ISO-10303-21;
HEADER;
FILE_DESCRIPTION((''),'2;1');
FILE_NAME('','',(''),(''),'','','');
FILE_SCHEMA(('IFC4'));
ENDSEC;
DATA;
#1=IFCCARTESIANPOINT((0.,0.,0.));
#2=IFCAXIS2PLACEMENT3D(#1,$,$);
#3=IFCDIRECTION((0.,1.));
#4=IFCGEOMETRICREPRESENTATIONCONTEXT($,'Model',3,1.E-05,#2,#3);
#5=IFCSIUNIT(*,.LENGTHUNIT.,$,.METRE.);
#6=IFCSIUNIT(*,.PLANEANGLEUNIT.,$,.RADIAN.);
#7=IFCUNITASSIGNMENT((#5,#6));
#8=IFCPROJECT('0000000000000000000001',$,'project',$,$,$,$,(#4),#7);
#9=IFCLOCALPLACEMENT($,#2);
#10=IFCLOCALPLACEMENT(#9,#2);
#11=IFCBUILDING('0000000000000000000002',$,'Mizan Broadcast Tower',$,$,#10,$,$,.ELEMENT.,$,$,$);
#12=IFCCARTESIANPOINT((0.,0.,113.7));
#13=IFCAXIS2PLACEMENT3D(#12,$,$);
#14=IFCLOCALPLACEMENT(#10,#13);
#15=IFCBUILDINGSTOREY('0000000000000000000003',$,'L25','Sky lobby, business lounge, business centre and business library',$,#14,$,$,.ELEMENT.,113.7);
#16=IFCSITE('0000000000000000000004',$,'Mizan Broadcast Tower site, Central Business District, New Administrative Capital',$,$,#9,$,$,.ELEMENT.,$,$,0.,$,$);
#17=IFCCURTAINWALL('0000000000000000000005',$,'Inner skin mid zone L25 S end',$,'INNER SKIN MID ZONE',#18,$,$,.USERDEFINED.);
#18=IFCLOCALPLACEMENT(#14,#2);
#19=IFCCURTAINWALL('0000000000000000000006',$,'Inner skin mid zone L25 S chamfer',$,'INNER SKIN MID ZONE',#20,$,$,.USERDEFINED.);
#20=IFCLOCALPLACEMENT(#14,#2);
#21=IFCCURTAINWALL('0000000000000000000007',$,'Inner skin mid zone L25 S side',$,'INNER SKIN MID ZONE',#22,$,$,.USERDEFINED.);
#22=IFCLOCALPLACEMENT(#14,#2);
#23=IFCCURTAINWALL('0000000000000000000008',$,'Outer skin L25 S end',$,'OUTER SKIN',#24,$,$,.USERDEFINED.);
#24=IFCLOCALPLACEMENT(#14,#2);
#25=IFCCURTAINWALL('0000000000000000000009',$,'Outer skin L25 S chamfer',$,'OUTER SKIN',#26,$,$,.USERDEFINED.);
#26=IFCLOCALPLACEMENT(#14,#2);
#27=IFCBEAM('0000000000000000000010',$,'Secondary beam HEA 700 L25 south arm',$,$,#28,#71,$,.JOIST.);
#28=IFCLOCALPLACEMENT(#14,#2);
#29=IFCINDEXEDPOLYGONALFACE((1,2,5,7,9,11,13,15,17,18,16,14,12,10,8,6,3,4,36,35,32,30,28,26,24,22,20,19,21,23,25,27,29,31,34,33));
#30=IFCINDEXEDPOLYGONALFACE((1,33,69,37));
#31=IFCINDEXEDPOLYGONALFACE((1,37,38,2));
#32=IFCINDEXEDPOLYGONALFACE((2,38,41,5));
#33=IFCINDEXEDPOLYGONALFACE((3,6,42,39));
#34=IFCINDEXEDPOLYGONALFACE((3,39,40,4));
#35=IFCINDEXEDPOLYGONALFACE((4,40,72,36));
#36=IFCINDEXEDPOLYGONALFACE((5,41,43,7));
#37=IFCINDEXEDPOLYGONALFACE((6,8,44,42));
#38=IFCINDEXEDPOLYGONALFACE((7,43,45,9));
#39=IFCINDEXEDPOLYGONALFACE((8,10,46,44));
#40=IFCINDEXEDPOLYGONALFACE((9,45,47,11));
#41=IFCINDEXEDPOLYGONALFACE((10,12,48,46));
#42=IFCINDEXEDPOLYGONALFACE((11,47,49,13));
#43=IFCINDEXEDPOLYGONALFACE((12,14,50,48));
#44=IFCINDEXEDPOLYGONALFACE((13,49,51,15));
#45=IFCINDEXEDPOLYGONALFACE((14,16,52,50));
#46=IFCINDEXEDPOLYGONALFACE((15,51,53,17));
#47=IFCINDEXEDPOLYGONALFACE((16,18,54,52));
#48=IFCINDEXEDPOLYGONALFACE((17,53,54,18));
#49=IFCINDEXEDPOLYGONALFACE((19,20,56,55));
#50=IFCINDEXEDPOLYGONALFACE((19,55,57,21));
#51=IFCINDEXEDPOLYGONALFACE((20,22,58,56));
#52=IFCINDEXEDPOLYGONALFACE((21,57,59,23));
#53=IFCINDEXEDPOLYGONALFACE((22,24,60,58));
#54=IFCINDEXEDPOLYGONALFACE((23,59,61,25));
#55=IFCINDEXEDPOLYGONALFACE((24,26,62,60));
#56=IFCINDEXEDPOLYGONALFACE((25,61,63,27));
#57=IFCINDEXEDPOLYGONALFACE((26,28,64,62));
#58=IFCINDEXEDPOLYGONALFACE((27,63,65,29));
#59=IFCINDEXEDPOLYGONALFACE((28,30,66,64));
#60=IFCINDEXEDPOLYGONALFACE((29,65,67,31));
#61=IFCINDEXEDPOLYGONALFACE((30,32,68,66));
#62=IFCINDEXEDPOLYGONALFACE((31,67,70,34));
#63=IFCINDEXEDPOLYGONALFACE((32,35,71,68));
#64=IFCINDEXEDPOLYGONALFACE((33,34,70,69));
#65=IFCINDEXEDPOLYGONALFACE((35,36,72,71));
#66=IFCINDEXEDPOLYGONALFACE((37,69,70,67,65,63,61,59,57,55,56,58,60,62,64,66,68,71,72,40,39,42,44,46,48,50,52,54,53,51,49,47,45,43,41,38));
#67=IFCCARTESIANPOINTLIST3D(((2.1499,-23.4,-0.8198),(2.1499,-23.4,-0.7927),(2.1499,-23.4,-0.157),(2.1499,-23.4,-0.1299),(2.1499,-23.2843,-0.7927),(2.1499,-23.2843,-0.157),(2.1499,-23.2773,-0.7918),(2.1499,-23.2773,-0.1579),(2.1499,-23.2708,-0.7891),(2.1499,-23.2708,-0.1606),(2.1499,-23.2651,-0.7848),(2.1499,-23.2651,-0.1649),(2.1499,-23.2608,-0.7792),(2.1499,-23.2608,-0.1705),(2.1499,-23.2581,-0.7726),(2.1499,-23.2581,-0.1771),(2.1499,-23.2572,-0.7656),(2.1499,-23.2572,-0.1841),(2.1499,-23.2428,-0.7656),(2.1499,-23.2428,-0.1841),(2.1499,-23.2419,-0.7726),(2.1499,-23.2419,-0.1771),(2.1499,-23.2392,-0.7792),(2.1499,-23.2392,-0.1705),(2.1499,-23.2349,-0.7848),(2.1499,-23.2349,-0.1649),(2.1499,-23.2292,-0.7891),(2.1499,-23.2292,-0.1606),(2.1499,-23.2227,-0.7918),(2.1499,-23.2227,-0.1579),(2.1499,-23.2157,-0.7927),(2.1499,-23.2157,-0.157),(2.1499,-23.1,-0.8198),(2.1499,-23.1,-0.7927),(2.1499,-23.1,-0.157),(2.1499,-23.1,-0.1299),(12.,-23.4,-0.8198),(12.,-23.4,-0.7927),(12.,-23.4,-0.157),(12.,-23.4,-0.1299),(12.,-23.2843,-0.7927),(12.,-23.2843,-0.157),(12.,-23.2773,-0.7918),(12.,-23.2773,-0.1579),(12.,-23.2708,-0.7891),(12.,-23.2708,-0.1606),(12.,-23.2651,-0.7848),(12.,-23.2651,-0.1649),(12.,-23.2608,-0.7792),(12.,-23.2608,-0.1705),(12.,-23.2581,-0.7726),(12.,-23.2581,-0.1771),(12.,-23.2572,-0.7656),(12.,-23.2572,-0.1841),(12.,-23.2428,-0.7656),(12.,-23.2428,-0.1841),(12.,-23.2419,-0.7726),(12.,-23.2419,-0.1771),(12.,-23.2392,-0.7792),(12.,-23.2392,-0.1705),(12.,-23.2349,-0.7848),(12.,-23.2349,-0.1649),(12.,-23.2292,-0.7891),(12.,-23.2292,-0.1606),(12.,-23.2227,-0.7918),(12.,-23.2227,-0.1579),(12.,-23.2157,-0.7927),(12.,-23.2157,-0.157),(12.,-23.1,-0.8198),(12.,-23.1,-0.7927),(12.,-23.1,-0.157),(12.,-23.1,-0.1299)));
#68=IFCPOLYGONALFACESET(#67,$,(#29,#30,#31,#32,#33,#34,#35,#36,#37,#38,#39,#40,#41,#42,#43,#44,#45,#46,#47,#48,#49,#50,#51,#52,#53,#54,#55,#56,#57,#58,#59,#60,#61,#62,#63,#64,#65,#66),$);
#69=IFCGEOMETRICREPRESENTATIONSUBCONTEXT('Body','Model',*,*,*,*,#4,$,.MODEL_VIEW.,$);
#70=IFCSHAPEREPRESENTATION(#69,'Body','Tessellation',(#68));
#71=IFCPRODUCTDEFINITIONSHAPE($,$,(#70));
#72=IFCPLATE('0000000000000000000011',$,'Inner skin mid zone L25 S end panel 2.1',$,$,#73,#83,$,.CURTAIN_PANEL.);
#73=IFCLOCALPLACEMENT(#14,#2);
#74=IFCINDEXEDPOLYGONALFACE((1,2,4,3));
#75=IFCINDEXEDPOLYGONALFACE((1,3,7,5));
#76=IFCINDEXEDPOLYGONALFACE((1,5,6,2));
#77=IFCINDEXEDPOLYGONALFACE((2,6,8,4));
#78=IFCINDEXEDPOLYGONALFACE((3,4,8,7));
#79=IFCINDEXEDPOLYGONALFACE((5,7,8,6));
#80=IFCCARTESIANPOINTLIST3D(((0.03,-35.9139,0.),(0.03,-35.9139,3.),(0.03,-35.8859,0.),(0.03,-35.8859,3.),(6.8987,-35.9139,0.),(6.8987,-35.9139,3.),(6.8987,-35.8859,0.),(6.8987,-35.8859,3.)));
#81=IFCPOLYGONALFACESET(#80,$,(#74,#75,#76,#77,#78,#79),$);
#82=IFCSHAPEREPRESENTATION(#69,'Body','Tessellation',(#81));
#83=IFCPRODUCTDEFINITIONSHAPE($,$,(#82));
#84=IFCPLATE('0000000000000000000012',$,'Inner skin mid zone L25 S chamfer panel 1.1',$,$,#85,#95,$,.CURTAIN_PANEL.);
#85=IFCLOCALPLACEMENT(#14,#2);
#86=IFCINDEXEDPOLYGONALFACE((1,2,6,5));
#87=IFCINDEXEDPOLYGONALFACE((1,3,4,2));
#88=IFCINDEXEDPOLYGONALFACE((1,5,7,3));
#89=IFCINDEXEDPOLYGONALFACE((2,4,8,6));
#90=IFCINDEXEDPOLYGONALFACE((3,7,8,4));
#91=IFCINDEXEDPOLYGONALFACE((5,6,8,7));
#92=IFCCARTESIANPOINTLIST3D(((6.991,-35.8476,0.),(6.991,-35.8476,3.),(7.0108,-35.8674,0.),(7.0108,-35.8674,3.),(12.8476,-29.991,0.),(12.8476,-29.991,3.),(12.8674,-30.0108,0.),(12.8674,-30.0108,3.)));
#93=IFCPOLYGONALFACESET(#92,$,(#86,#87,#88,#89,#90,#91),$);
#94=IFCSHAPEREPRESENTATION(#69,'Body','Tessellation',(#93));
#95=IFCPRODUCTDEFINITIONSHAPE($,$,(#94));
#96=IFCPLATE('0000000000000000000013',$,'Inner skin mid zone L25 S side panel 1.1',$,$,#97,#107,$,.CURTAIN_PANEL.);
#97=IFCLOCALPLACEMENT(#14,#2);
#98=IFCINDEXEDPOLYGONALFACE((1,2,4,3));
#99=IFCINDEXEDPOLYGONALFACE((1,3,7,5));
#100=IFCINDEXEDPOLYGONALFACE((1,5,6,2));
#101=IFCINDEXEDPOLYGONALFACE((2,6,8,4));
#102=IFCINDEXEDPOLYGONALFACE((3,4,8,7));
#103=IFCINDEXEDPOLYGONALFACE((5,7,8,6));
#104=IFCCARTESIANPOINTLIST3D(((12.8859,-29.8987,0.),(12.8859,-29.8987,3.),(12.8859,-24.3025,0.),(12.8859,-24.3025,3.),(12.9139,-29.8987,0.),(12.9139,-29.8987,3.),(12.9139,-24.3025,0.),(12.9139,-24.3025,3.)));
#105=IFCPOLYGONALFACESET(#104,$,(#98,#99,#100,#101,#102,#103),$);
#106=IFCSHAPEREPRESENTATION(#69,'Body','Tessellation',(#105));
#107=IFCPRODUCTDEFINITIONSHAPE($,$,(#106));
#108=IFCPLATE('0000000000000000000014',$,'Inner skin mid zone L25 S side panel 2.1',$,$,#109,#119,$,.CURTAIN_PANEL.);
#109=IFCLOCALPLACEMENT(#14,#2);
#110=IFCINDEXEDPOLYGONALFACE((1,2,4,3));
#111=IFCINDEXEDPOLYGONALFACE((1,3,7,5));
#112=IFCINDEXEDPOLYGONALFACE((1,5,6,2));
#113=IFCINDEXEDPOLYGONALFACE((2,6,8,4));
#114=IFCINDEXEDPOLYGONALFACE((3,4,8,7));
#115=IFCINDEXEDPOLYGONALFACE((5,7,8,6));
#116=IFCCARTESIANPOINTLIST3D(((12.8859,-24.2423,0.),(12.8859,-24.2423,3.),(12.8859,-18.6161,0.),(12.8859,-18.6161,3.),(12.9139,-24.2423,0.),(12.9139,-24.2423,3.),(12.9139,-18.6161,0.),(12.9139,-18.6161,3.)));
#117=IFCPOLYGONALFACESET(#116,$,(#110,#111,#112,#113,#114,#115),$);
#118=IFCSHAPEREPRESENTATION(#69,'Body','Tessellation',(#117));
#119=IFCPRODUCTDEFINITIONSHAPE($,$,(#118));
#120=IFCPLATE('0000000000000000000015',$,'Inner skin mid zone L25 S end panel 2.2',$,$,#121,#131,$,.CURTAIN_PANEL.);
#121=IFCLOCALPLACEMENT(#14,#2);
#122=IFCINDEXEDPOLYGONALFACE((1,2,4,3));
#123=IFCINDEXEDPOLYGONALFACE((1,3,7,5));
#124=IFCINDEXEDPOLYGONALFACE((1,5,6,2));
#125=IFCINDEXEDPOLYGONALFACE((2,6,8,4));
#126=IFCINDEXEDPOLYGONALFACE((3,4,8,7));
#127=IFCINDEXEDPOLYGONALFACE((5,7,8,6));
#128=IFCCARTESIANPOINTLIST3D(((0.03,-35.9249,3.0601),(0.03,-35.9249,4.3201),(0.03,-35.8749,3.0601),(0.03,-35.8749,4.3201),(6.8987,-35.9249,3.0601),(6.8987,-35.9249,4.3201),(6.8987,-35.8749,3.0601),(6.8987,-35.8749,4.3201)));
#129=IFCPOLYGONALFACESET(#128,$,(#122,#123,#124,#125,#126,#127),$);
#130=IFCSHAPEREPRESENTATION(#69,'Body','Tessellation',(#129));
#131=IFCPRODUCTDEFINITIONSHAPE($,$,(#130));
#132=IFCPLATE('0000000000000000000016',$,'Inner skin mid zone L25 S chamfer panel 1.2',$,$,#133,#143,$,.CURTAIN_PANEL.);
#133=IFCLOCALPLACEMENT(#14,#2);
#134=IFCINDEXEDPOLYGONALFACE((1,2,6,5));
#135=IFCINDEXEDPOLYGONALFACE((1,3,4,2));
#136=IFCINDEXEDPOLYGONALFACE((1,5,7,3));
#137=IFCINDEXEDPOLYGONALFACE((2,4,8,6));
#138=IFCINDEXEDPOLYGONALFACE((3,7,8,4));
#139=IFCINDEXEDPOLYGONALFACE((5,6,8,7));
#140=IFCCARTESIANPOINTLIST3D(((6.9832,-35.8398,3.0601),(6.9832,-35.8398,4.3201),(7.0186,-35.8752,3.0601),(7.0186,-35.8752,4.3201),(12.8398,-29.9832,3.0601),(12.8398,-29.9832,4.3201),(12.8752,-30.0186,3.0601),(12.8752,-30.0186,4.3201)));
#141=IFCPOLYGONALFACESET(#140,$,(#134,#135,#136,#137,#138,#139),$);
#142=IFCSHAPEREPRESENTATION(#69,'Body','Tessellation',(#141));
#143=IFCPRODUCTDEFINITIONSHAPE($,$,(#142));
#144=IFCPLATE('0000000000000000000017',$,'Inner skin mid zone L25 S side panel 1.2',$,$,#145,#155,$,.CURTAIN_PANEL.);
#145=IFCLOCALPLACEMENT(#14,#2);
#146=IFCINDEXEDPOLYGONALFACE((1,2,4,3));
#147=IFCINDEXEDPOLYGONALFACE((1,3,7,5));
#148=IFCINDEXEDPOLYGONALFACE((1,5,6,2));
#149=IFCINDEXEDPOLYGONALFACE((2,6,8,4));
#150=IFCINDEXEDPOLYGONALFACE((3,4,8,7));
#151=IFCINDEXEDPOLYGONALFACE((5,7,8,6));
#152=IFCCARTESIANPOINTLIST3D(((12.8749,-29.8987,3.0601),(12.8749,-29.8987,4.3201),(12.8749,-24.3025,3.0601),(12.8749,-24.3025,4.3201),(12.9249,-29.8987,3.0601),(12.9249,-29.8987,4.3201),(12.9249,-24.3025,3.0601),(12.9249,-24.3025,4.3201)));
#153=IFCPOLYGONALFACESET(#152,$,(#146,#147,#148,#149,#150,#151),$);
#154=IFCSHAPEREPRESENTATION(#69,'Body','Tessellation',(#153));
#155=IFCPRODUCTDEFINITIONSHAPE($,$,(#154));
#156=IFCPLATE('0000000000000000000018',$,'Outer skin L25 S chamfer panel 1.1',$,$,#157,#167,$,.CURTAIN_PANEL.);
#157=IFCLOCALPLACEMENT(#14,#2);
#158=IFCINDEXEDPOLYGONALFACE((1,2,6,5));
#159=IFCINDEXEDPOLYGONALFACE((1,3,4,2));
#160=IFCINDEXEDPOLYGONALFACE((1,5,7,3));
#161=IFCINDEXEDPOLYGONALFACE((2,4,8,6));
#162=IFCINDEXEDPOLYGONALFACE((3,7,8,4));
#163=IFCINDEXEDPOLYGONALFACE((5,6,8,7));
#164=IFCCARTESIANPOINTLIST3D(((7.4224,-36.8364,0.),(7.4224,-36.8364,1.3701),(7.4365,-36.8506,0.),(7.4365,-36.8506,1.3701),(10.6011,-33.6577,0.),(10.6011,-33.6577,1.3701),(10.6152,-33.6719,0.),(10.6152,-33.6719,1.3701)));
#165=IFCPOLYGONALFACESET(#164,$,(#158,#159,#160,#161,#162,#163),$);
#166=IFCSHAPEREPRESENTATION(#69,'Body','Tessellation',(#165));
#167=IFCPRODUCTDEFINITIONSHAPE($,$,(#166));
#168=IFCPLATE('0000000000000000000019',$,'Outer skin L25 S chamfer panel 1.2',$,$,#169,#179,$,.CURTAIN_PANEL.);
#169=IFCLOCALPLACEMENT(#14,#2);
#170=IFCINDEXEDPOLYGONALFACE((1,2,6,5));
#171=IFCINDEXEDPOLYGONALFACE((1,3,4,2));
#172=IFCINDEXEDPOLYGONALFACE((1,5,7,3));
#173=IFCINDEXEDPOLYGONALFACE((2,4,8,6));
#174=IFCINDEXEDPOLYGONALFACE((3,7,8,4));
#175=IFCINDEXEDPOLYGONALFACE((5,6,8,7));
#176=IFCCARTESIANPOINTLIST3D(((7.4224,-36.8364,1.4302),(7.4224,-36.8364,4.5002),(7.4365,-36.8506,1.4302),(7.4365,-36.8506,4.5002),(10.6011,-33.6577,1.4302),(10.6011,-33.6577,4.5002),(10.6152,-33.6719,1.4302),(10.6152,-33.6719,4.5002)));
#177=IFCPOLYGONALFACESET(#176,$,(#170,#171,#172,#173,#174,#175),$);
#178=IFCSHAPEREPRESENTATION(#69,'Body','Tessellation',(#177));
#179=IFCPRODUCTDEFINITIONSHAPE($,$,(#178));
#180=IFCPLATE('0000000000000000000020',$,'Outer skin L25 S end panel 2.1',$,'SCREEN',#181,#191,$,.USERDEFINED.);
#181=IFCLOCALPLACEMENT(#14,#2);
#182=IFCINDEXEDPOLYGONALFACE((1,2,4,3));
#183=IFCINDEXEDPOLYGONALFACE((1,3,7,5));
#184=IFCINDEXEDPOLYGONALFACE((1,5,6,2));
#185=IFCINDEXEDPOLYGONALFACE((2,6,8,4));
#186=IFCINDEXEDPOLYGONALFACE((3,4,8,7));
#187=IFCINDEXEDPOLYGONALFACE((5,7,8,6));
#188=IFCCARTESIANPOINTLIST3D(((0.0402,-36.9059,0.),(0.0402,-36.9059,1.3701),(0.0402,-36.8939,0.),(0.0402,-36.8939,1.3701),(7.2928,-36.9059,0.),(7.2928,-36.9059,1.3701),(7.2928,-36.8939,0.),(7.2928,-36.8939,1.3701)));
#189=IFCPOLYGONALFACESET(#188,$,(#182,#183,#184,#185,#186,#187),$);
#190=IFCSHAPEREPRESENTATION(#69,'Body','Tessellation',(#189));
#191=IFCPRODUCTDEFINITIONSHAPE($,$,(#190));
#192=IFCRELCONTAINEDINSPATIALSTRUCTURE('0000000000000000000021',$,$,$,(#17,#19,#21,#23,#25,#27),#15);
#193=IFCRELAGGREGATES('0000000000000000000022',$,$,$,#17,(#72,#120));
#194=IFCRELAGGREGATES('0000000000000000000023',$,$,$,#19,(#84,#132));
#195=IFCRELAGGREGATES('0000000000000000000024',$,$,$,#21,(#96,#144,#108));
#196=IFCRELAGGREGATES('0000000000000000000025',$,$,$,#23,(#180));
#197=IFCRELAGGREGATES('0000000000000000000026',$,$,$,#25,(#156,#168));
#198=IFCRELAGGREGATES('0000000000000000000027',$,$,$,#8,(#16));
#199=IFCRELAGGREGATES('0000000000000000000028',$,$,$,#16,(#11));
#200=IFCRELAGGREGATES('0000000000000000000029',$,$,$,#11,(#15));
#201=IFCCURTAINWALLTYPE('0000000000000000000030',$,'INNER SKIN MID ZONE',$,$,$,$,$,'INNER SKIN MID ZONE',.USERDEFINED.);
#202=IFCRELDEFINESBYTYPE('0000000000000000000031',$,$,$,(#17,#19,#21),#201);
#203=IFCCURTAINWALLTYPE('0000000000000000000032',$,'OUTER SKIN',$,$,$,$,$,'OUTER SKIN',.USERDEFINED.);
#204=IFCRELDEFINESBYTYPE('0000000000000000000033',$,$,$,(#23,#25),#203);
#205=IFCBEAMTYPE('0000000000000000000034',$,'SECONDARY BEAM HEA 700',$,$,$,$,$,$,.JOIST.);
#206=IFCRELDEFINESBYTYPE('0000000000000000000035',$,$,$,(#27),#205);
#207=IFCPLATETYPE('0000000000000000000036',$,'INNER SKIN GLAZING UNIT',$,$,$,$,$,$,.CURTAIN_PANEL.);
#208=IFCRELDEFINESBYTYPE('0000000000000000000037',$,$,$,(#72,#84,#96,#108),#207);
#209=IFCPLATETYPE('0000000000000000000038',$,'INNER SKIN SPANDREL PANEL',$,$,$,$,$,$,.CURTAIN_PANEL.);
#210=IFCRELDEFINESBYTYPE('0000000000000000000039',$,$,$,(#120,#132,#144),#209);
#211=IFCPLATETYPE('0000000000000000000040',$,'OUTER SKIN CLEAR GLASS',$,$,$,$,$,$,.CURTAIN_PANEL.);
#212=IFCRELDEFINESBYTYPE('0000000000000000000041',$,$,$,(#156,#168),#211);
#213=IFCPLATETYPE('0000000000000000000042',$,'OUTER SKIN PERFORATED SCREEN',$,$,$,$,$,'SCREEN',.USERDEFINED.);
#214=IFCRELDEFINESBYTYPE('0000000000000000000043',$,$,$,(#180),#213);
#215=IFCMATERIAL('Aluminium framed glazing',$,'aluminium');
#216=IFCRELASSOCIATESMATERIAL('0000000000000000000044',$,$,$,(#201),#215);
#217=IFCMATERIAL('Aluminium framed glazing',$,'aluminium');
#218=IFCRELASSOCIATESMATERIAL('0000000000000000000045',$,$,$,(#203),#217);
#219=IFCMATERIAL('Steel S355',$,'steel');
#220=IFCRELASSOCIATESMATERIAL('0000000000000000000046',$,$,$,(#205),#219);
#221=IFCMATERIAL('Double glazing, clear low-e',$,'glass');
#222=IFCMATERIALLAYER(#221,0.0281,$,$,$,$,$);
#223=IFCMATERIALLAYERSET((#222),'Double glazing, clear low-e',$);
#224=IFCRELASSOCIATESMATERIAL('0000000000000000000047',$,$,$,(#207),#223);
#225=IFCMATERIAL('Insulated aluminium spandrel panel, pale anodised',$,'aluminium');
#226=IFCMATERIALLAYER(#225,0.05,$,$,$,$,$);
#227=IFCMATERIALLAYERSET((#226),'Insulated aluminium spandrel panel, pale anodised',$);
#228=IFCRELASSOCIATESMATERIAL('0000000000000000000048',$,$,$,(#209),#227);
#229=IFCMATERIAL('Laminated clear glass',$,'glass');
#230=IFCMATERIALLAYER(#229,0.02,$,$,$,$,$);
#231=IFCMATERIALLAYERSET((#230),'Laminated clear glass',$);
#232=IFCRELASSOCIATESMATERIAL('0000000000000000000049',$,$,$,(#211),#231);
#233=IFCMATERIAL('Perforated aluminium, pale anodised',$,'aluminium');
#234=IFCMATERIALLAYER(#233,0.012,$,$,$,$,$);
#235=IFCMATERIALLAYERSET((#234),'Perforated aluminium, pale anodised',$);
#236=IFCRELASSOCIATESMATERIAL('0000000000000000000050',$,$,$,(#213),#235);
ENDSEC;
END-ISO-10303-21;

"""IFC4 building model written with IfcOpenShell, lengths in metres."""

from ifc_helpers import new_model, si_unit, direction, frame, origin, origin_2d, place, context, subcontext, project, spatial, rectangle, i_section, extrude, material, layer, layer_set, material_profile, profile_set, type_object, element, aggregate, save


model = new_model("IFC4")

# Units and contexts
model_context = context("Model", 3, precision=1e-05, world=origin(), true_north=direction((0.0, 1.0)))
body_context = subcontext(model_context, "Body", "Model", "MODEL_VIEW")
ifc_project = project(units=[si_unit("LENGTHUNIT", "METRE"), si_unit("PLANEANGLEUNIT", "RADIAN")], contexts=[model_context])

# Site, building, storey
site_placement = place(None, origin())
site = spatial("IfcSite", under=ifc_project, at=site_placement, Name="Mizan Broadcast Tower site, Central Business District, New Administrative Capital", CompositionType="ELEMENT", RefElevation=0.0)
building_placement = place(site_placement, origin())
building = spatial("IfcBuilding", under=site, at=building_placement, Name="Mizan Broadcast Tower", CompositionType="ELEMENT")
storey_placement = place(building_placement, frame((0.0, 0.0, 113.7)))
storey = spatial("IfcBuildingStorey", under=building, at=storey_placement, Name="L25", Description="Sky lobby, business lounge, business centre and business library", CompositionType="ELEMENT", Elevation=113.7)

# Curtain wall
ifc_material_1 = material(Name="Aluminium framed glazing", Category="aluminium")
curtain_wall_type_1 = type_object("IfcCurtainWallType", Name="INNER SKIN MID ZONE", ElementType="INNER SKIN MID ZONE", PredefinedType="USERDEFINED", material=ifc_material_1)
curtain_wall_1_placement = place(storey_placement, origin())
curtain_wall_1 = element("IfcCurtainWall", 1, at=curtain_wall_1_placement, inside=storey, type_object=curtain_wall_type_1, Name="Inner skin mid zone L25 S end", ObjectType="INNER SKIN MID ZONE", PredefinedType="USERDEFINED")

# Curtain walls
curtain_wall_2_placement = place(storey_placement, origin())
curtain_wall_2 = element("IfcCurtainWall", 2, at=curtain_wall_2_placement, inside=storey, type_object=curtain_wall_type_1, Name="Inner skin mid zone L25 S chamfer", ObjectType="INNER SKIN MID ZONE", PredefinedType="USERDEFINED")
curtain_wall_3_placement = place(storey_placement, origin())
curtain_wall_3 = element("IfcCurtainWall", 3, at=curtain_wall_3_placement, inside=storey, type_object=curtain_wall_type_1, Name="Inner skin mid zone L25 S side", ObjectType="INNER SKIN MID ZONE", PredefinedType="USERDEFINED")

# Curtain wall
ifc_material_2 = material(Name="Aluminium framed glazing", Category="aluminium")
curtain_wall_type_2 = type_object("IfcCurtainWallType", Name="OUTER SKIN", ElementType="OUTER SKIN", PredefinedType="USERDEFINED", material=ifc_material_2)
curtain_wall_4_placement = place(storey_placement, origin())
curtain_wall_4 = element("IfcCurtainWall", 4, at=curtain_wall_4_placement, inside=storey, type_object=curtain_wall_type_2, Name="Outer skin L25 S end", ObjectType="OUTER SKIN", PredefinedType="USERDEFINED")

# Curtain wall
curtain_wall_5_placement = place(storey_placement, origin())
curtain_wall_5 = element("IfcCurtainWall", 5, at=curtain_wall_5_placement, inside=storey, type_object=curtain_wall_type_2, Name="Outer skin L25 S chamfer", ObjectType="OUTER SKIN", PredefinedType="USERDEFINED")

# Beam
ifc_material_3 = material(Name="Steel S355", Category="steel")
ifc_material_profile_1 = material_profile(ifc_material_3, i_section(OverallWidth=0.3, OverallDepth=0.6899, WebThickness=0.0144, FlangeThickness=0.0271, FilletRadius=0.0271, at=origin_2d()), Name="HEA 700")
ifc_profile_set_1 = profile_set([ifc_material_profile_1], Name="Steel S355")
beam_type_1 = type_object("IfcBeamType", Name="SECONDARY BEAM HEA 700", PredefinedType="JOIST", material=ifc_profile_set_1)
beam_1_placement = place(storey_placement, frame((12.0, -23.25, -0.4749), z_axis=(-1.0, 0.0, 0.0), x_axis=(0.0, -1.0, 0.0)))
element("IfcBeam", 6, at=beam_1_placement, inside=storey, type_object=beam_type_1, Name="Secondary beam HEA 700 L25 south arm", PredefinedType="JOIST", context=body_context, shape_type="SweptSolid", body=[
    extrude(i_section(OverallWidth=0.3, OverallDepth=0.6899, WebThickness=0.0144, FlangeThickness=0.0271, FilletRadius=0.0271, at=origin_2d()), origin(), (0.0, 0.0, 1.0), 9.8501),
])

# Plates
ifc_material_4 = material(Name="Double glazing, clear low-e", Category="glass")
ifc_layer_1 = layer(ifc_material_4, 0.0281)
ifc_layer_set_1 = layer_set([ifc_layer_1], Name="Double glazing, clear low-e")
plate_type_1 = type_object("IfcPlateType", Name="INNER SKIN GLAZING UNIT", PredefinedType="CURTAIN_PANEL", material=ifc_layer_set_1)
plate_1_placement = place(storey_placement, frame((3.4644, -35.8999, 0.0), z_axis=(0.0, 0.0, 1.0), x_axis=(1.0, 0.0, 0.0)))
plate_1 = element("IfcPlate", 7, at=plate_1_placement, type_object=plate_type_1, Name="Inner skin mid zone L25 S end panel 2.1", PredefinedType="CURTAIN_PANEL", context=body_context, shape_type="SweptSolid", body=[
    extrude(rectangle(XDim=6.8687, YDim=0.0281, at=origin_2d()), origin(), (0.0, 0.0, 1.0), 3.0),
])
plate_2_placement = place(storey_placement, frame((9.9292, -32.9292, 0.0), z_axis=(0.0, 0.0, 1.0), x_axis=(0.707107, 0.707107, 0.0)))
plate_2 = element("IfcPlate", 8, at=plate_2_placement, type_object=plate_type_1, Name="Inner skin mid zone L25 S chamfer panel 1.1", PredefinedType="CURTAIN_PANEL", context=body_context, shape_type="SweptSolid", body=[
    extrude(rectangle(XDim=8.2825, YDim=0.0281, at=origin_2d()), origin(), (0.0, 0.0, 1.0), 3.0),
])
plate_3_placement = place(storey_placement, frame((12.8999, -27.1006, 0.0), z_axis=(0.0, 0.0, 1.0), x_axis=(0.0, 1.0, 0.0)))
plate_3 = element("IfcPlate", 9, at=plate_3_placement, type_object=plate_type_1, Name="Inner skin mid zone L25 S side panel 1.1", PredefinedType="CURTAIN_PANEL", context=body_context, shape_type="SweptSolid", body=[
    extrude(rectangle(XDim=5.5962, YDim=0.0281, at=origin_2d()), origin(), (0.0, 0.0, 1.0), 3.0),
])
plate_4_placement = place(storey_placement, frame((12.8999, -21.4292, 0.0), z_axis=(0.0, 0.0, 1.0), x_axis=(0.0, 1.0, 0.0)))
plate_4 = element("IfcPlate", 10, at=plate_4_placement, type_object=plate_type_1, Name="Inner skin mid zone L25 S side panel 2.1", PredefinedType="CURTAIN_PANEL", context=body_context, shape_type="SweptSolid", body=[
    extrude(rectangle(XDim=5.6262, YDim=0.0281, at=origin_2d()), origin(), (0.0, 0.0, 1.0), 3.0),
])
ifc_material_5 = material(Name="Insulated aluminium spandrel panel, pale anodised", Category="aluminium")
ifc_layer_2 = layer(ifc_material_5, 0.05)
ifc_layer_set_2 = layer_set([ifc_layer_2], Name="Insulated aluminium spandrel panel, pale anodised")
plate_type_2 = type_object("IfcPlateType", Name="INNER SKIN SPANDREL PANEL", PredefinedType="CURTAIN_PANEL", material=ifc_layer_set_2)
plate_5_placement = place(storey_placement, frame((3.4644, -35.8999, 3.0601), z_axis=(0.0, 0.0, 1.0), x_axis=(1.0, 0.0, 0.0)))
plate_5 = element("IfcPlate", 11, at=plate_5_placement, type_object=plate_type_2, Name="Inner skin mid zone L25 S end panel 2.2", PredefinedType="CURTAIN_PANEL", context=body_context, shape_type="SweptSolid", body=[
    extrude(rectangle(XDim=6.8687, YDim=0.05, at=origin_2d()), origin(), (0.0, 0.0, 1.0), 1.26),
])
aggregate(curtain_wall_1, [plate_1, plate_5])
plate_6_placement = place(storey_placement, frame((9.9292, -32.9292, 3.0601), z_axis=(0.0, 0.0, 1.0), x_axis=(0.707107, 0.707107, 0.0)))
plate_6 = element("IfcPlate", 12, at=plate_6_placement, type_object=plate_type_2, Name="Inner skin mid zone L25 S chamfer panel 1.2", PredefinedType="CURTAIN_PANEL", context=body_context, shape_type="SweptSolid", body=[
    extrude(rectangle(XDim=8.2825, YDim=0.05, at=origin_2d()), origin(), (0.0, 0.0, 1.0), 1.26),
])
aggregate(curtain_wall_2, [plate_2, plate_6])
plate_7_placement = place(storey_placement, frame((12.8999, -27.1006, 3.0601), z_axis=(0.0, 0.0, 1.0), x_axis=(0.0, 1.0, 0.0)))
plate_7 = element("IfcPlate", 13, at=plate_7_placement, type_object=plate_type_2, Name="Inner skin mid zone L25 S side panel 1.2", PredefinedType="CURTAIN_PANEL", context=body_context, shape_type="SweptSolid", body=[
    extrude(rectangle(XDim=5.5962, YDim=0.05, at=origin_2d()), origin(), (0.0, 0.0, 1.0), 1.26),
])
aggregate(curtain_wall_3, [plate_3, plate_7, plate_4])
ifc_material_6 = material(Name="Laminated clear glass", Category="glass")
ifc_layer_3 = layer(ifc_material_6, 0.02)
ifc_layer_set_3 = layer_set([ifc_layer_3], Name="Laminated clear glass")
plate_type_3 = type_object("IfcPlateType", Name="OUTER SKIN CLEAR GLASS", PredefinedType="CURTAIN_PANEL", material=ifc_layer_set_3)
plate_8_placement = place(storey_placement, frame((9.0188, -35.2542, 0.0), z_axis=(0.0, 0.0, 1.0), x_axis=(0.707107, 0.707107, 0.0)))
plate_8 = element("IfcPlate", 14, at=plate_8_placement, type_object=plate_type_3, Name="Outer skin L25 S chamfer panel 1.1", PredefinedType="CURTAIN_PANEL", context=body_context, shape_type="SweptSolid", body=[
    extrude(rectangle(XDim=4.4954, YDim=0.02, at=origin_2d()), origin(), (0.0, 0.0, 1.0), 1.3701),
])
plate_9_placement = place(storey_placement, frame((9.0188, -35.2542, 1.4302), z_axis=(0.0, 0.0, 1.0), x_axis=(0.707107, 0.707107, 0.0)))
plate_9 = element("IfcPlate", 15, at=plate_9_placement, type_object=plate_type_3, Name="Outer skin L25 S chamfer panel 1.2", PredefinedType="CURTAIN_PANEL", context=body_context, shape_type="SweptSolid", body=[
    extrude(rectangle(XDim=4.4954, YDim=0.02, at=origin_2d()), origin(), (0.0, 0.0, 1.0), 3.0701),
])
ifc_material_7 = material(Name="Perforated aluminium, pale anodised", Category="aluminium")
ifc_layer_4 = layer(ifc_material_7, 0.012)
ifc_layer_set_4 = layer_set([ifc_layer_4], Name="Perforated aluminium, pale anodised")
plate_type_4 = type_object("IfcPlateType", Name="OUTER SKIN PERFORATED SCREEN", ElementType="SCREEN", PredefinedType="USERDEFINED", material=ifc_layer_set_4)
plate_10_placement = place(storey_placement, frame((3.6665, -36.8999, 0.0), z_axis=(0.0, 0.0, 1.0), x_axis=(1.0, 0.0, 0.0)))
plate_10 = element("IfcPlate", 16, at=plate_10_placement, type_object=plate_type_4, Name="Outer skin L25 S end panel 2.1", ObjectType="SCREEN", PredefinedType="USERDEFINED", context=body_context, shape_type="SweptSolid", body=[
    extrude(rectangle(XDim=7.2527, YDim=0.012, at=origin_2d()), origin(), (0.0, 0.0, 1.0), 1.3701),
])
aggregate(curtain_wall_4, [plate_10])
aggregate(curtain_wall_5, [plate_8, plate_9])

save(model, "model.ifc")
